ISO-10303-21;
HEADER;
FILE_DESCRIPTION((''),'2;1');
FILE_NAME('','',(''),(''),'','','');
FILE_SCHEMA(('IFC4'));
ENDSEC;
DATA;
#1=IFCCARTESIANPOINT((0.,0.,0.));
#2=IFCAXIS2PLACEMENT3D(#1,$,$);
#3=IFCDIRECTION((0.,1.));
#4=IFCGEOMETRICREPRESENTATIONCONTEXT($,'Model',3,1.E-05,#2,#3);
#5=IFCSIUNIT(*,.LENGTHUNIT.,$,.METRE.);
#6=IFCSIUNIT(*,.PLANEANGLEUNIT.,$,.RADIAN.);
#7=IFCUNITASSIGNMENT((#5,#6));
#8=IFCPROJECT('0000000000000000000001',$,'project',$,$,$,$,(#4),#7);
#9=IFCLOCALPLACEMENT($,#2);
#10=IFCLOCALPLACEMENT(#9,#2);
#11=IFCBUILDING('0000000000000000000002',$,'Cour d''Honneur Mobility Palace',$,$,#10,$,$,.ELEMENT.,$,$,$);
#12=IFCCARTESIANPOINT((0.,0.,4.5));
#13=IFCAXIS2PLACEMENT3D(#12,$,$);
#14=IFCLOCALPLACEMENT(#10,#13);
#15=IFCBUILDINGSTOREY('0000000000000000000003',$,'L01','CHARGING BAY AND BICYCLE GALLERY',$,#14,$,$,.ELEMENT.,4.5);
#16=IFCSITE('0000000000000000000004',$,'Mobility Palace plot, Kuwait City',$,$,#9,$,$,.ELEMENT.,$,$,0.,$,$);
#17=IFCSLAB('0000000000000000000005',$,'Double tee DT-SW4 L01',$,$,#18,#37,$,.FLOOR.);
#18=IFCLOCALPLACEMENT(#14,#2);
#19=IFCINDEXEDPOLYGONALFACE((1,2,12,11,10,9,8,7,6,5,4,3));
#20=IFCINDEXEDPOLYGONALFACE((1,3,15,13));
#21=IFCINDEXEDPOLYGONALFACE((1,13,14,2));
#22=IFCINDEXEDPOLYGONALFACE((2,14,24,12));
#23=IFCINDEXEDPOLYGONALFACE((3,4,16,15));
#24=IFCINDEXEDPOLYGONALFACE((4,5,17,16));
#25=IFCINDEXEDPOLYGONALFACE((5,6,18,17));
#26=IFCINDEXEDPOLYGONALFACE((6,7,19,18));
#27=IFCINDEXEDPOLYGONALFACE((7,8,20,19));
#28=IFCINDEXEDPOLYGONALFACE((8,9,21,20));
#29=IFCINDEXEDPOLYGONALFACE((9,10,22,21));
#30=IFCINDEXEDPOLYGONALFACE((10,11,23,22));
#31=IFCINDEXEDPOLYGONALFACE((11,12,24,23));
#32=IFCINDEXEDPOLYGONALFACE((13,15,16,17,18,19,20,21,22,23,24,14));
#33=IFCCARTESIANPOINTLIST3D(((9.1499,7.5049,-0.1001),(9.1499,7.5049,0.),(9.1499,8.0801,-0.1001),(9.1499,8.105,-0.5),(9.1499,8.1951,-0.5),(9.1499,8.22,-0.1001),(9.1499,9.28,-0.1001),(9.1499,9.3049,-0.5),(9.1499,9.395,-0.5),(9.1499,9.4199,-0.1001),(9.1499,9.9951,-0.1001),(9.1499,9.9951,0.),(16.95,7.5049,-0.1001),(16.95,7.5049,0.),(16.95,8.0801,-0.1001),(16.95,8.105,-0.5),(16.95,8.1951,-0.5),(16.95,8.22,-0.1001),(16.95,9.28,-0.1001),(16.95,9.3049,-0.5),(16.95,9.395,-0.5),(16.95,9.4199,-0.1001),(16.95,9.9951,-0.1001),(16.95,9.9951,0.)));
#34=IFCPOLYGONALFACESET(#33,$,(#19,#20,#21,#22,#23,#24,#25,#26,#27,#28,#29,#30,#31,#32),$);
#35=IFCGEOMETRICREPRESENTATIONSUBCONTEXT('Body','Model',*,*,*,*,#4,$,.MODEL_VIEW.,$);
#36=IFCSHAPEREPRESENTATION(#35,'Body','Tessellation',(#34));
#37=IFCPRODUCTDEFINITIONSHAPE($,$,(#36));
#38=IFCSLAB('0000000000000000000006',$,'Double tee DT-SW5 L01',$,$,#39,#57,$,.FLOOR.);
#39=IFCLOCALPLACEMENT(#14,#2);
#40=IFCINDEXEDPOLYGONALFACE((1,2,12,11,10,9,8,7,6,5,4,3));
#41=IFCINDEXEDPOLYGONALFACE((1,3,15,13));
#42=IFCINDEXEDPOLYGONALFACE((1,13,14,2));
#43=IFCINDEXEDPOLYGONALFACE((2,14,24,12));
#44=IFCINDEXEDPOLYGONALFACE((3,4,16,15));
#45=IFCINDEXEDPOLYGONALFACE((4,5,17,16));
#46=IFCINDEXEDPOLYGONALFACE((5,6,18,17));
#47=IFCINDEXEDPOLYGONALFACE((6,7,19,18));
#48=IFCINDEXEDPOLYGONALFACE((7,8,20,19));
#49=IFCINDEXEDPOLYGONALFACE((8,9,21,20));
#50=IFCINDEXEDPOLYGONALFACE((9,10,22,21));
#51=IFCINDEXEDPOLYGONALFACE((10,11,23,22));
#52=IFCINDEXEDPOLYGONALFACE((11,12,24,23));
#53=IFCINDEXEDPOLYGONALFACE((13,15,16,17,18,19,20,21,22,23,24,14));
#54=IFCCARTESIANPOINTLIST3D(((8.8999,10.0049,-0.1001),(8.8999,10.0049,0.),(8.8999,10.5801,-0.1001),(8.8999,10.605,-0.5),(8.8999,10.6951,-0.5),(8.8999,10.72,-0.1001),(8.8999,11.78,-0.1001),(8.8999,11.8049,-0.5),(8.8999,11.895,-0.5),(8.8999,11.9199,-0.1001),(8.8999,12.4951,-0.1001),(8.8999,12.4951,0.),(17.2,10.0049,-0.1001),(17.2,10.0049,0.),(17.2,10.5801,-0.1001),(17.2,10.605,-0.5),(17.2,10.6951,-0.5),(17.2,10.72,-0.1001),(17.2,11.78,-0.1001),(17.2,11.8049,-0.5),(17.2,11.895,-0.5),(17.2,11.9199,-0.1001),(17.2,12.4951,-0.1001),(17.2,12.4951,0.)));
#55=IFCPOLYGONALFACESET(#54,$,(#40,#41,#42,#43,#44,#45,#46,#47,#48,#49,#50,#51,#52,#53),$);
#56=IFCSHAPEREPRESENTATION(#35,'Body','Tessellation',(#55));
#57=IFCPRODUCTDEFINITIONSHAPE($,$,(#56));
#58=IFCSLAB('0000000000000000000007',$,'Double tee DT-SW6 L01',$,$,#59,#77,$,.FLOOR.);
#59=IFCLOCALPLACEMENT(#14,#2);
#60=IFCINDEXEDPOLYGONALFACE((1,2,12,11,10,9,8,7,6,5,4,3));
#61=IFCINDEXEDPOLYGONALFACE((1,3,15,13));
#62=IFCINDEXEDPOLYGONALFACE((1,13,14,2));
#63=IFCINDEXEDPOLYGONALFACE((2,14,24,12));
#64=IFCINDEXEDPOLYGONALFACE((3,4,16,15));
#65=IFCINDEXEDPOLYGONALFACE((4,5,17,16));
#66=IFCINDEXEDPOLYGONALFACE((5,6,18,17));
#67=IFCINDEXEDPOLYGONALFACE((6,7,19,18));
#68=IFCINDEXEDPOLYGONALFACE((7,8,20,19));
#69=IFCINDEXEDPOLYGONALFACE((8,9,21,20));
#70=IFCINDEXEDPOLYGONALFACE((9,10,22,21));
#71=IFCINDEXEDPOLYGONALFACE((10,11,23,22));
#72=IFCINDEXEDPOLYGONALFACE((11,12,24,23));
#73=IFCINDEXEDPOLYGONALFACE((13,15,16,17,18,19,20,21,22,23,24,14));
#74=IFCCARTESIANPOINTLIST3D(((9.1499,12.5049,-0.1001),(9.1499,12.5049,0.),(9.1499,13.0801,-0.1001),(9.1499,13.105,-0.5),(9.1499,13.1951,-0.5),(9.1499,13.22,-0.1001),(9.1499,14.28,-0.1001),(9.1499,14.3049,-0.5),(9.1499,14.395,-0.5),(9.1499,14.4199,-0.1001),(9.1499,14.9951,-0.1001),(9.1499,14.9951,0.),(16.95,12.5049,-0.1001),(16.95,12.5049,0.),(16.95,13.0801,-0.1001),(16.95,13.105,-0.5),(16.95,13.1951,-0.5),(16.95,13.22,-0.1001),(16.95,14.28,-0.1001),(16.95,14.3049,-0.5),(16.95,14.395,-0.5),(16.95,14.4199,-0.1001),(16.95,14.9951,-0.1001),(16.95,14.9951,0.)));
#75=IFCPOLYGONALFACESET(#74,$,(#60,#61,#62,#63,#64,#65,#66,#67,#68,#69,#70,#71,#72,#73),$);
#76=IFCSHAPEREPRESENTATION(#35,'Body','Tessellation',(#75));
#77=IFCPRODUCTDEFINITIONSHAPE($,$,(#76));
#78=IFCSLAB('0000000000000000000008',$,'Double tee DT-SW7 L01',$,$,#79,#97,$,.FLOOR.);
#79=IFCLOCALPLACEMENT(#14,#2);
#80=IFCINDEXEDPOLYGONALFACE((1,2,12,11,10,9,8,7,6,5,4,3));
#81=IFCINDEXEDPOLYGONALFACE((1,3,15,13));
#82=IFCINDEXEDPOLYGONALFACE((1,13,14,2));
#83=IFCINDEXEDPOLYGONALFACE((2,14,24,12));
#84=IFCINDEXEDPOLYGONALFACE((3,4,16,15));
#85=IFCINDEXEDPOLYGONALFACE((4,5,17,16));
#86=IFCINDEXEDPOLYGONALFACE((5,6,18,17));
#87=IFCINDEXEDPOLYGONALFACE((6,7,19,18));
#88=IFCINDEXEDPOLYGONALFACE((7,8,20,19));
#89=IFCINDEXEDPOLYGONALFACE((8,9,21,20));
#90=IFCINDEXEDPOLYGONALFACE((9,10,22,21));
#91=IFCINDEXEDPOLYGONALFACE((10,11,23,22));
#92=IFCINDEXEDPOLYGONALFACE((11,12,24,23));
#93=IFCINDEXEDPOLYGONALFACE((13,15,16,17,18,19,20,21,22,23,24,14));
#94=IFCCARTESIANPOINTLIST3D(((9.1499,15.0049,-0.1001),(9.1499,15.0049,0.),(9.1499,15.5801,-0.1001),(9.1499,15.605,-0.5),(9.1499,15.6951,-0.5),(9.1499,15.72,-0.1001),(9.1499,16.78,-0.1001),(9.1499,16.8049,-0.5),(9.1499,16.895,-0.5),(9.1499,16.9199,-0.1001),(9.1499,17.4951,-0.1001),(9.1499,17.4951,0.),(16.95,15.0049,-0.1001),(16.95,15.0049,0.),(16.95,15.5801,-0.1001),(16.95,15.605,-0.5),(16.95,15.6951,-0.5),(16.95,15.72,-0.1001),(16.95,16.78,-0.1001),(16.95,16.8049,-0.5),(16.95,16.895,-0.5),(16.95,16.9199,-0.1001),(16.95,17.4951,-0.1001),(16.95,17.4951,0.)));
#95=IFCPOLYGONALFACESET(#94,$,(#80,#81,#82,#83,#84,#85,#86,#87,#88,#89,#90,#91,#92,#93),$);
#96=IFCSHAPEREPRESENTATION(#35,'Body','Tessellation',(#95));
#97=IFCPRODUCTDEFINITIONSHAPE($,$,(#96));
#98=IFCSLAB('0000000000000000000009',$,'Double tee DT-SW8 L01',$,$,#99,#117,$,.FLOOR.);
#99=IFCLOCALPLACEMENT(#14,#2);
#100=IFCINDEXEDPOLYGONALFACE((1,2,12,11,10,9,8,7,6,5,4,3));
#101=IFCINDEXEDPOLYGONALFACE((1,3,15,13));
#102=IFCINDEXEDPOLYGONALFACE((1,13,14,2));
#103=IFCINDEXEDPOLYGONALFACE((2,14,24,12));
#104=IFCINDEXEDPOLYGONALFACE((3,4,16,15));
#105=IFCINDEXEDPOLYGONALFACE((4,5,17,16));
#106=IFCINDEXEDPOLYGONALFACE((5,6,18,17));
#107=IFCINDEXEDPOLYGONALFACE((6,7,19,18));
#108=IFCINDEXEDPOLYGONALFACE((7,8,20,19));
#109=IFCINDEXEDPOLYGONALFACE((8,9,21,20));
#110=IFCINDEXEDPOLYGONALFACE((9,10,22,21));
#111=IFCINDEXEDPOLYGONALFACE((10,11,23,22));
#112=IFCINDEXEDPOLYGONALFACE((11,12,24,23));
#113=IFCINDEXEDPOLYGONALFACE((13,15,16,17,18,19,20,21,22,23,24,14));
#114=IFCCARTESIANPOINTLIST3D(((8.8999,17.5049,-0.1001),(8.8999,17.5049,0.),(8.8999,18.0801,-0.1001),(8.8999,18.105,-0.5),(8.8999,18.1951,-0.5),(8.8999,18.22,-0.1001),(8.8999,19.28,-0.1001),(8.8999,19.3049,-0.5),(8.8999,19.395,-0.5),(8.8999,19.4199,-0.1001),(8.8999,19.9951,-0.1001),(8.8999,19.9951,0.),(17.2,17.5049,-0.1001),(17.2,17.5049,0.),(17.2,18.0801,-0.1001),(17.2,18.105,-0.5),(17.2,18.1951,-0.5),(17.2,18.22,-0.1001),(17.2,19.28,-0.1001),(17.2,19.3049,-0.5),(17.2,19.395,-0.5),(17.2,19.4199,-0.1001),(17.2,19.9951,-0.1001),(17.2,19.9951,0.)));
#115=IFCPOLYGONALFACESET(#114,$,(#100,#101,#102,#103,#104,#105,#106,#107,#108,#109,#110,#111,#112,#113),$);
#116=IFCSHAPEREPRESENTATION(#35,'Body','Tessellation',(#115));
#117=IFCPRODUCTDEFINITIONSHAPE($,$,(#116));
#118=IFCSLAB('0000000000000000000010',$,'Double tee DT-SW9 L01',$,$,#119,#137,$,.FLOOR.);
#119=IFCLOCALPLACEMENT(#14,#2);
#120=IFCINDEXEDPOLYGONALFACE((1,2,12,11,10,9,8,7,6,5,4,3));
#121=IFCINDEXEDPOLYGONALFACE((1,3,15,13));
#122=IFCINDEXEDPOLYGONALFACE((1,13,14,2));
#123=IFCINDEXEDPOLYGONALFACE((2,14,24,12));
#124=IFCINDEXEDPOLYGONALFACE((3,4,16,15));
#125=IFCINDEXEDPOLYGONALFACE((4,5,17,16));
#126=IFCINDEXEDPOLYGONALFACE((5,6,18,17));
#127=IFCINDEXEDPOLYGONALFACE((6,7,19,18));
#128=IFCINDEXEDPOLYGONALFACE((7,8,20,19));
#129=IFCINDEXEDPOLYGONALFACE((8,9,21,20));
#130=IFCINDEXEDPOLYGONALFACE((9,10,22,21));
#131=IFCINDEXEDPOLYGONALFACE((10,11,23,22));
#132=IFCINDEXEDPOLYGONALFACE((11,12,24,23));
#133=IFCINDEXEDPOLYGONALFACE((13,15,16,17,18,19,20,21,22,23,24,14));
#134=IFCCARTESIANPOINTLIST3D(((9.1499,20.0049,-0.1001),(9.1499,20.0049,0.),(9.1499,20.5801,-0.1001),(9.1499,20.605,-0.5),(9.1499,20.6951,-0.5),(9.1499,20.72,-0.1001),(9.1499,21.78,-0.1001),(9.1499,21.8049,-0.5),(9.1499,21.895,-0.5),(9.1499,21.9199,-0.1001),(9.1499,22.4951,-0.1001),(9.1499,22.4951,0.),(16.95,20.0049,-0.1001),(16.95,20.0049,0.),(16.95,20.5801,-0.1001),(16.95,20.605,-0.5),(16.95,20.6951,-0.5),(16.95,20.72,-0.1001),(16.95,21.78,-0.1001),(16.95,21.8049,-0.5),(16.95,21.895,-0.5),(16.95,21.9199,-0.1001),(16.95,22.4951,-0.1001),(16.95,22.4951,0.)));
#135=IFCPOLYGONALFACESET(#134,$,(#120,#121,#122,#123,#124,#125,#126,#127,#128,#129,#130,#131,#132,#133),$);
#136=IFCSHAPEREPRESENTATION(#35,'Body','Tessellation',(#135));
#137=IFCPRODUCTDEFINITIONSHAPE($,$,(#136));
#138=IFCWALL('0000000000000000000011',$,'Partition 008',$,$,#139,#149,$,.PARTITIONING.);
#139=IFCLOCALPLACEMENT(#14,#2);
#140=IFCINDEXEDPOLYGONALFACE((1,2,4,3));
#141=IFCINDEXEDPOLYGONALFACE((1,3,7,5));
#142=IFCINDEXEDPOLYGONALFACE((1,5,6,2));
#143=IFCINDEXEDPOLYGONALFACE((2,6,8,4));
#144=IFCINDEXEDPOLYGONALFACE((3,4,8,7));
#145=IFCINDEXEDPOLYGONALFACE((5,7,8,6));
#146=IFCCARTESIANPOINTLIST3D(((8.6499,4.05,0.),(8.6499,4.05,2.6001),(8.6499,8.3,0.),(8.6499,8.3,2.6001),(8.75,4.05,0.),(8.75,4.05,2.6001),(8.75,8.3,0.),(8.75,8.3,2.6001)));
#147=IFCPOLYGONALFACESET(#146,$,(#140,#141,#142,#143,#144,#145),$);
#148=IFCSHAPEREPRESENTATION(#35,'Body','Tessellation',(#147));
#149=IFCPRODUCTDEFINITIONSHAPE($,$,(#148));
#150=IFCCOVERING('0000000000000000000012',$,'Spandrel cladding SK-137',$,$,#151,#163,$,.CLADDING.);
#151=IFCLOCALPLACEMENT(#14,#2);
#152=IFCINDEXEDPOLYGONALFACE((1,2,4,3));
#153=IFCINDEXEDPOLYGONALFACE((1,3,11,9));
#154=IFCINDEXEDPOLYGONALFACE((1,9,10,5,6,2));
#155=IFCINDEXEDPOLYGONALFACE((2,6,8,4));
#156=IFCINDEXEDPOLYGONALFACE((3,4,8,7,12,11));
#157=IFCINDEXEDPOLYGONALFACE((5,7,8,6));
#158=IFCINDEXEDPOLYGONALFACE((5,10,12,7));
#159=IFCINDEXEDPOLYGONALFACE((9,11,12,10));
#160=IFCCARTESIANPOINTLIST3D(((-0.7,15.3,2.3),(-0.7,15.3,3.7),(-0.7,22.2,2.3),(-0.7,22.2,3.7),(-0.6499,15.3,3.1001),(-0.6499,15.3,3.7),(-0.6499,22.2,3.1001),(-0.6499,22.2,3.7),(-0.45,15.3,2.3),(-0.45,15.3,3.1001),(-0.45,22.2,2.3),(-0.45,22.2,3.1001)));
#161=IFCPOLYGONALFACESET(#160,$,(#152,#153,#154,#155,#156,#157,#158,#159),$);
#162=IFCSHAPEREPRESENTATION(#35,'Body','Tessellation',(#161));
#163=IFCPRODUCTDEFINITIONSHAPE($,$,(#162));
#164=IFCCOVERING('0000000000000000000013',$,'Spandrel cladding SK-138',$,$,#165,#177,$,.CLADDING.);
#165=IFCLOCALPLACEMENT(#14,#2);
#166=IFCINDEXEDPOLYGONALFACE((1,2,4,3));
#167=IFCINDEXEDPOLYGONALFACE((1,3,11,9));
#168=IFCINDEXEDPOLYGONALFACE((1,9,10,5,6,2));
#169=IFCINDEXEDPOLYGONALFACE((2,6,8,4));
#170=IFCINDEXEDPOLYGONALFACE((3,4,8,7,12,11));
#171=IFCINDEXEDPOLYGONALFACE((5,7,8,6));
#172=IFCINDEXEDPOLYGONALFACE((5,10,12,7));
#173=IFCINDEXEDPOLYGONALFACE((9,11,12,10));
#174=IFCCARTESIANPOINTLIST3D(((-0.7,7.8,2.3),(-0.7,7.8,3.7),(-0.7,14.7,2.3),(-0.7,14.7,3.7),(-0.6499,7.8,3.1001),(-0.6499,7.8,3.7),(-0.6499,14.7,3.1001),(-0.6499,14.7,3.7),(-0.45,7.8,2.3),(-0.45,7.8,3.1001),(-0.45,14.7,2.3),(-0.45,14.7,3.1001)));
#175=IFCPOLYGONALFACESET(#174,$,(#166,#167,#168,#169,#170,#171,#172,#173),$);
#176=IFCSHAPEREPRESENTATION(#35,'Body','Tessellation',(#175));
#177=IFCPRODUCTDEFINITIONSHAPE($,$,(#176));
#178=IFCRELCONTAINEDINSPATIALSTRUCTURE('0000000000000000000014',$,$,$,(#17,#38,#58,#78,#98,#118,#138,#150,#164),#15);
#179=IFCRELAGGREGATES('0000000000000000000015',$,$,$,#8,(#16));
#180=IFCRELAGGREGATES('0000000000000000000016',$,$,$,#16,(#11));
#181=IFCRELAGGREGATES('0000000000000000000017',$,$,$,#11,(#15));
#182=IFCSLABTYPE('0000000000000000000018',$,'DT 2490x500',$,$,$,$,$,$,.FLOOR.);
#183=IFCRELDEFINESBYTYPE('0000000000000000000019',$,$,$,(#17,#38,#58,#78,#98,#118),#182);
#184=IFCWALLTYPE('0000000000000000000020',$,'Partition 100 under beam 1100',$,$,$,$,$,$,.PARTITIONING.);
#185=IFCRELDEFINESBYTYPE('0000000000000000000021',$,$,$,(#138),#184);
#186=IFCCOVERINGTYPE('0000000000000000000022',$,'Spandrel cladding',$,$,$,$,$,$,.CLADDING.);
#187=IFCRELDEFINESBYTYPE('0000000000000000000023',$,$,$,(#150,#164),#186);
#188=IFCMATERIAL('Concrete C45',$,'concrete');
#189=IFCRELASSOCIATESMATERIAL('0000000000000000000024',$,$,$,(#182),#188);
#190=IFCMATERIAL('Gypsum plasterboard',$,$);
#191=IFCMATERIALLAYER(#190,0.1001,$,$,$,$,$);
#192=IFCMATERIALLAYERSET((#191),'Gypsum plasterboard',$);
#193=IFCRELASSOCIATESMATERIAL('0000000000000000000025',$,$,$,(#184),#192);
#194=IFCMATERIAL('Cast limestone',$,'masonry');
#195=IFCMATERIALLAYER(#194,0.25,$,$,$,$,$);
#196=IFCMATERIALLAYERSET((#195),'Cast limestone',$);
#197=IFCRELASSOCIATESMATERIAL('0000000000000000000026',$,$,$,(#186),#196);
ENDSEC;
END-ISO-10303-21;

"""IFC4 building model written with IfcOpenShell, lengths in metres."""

from ifc_helpers import new_model, si_unit, direction, frame, frame_2d, origin, place, context, subcontext, project, spatial, polyline, rectangle, outline, extrude, material, layer, layer_set, material_profile, profile_set, type_object, element, save


model = new_model("IFC4")

# Units and contexts
model_context = context("Model", 3, precision=1e-05, world=origin(), true_north=direction((0.0, 1.0)))
body_context = subcontext(model_context, "Body", "Model", "MODEL_VIEW")
ifc_project = project(units=[si_unit("LENGTHUNIT", "METRE"), si_unit("PLANEANGLEUNIT", "RADIAN")], contexts=[model_context])

# Site, building, storey
site_placement = place(None, origin())
site = spatial("IfcSite", under=ifc_project, at=site_placement, Name="Mobility Palace plot, Kuwait City", CompositionType="ELEMENT", RefElevation=0.0)
building_placement = place(site_placement, origin())
building = spatial("IfcBuilding", under=site, at=building_placement, Name="Cour d'Honneur Mobility Palace", CompositionType="ELEMENT")
storey_placement = place(building_placement, frame((0.0, 0.0, 4.5)))
storey = spatial("IfcBuildingStorey", under=building, at=storey_placement, Name="L01", Description="CHARGING BAY AND BICYCLE GALLERY", CompositionType="ELEMENT", Elevation=4.5)

# Slabs
ifc_material_1 = material(Name="Concrete C45", Category="concrete")
ifc_material_profile_1 = material_profile(ifc_material_1, outline(polyline([(-1.2451, 0.0), (1.2451, 0.0), (1.2451, -0.1001), (0.6699, -0.1001), (0.645, -0.5), (0.5549, -0.5), (0.53, -0.1001), (-0.53, -0.1001), (-0.5549, -0.5), (-0.645, -0.5), (-0.6699, -0.1001), (-1.2451, -0.1001), (-1.2451, 0.0)])), Name="DT 2490x500")
ifc_profile_set_1 = profile_set([ifc_material_profile_1], Name="Concrete C45")
slab_type = type_object("IfcSlabType", Name="DT 2490x500", PredefinedType="FLOOR", material=ifc_profile_set_1)
slab_1_placement = place(storey_placement, frame((9.1499, 8.75, 0.0), z_axis=(1.0, 0.0, 0.0), x_axis=(0.0, 1.0, 0.0)))
element("IfcSlab", 1, at=slab_1_placement, inside=storey, type_object=slab_type, Name="Double tee DT-SW4 L01", PredefinedType="FLOOR", context=body_context, shape_type="SweptSolid", body=[
    extrude(outline(polyline([(-1.2451, 0.0), (1.2451, 0.0), (1.2451, -0.1001), (0.6699, -0.1001), (0.645, -0.5), (0.5549, -0.5), (0.53, -0.1001), (-0.53, -0.1001), (-0.5549, -0.5), (-0.645, -0.5), (-0.6699, -0.1001), (-1.2451, -0.1001), (-1.2451, 0.0)])), origin(), (0.0, 0.0, 1.0), 7.8),
])
slab_2_placement = place(storey_placement, frame((8.8999, 11.25, 0.0), z_axis=(1.0, 0.0, 0.0), x_axis=(0.0, 1.0, 0.0)))
element("IfcSlab", 2, at=slab_2_placement, inside=storey, type_object=slab_type, Name="Double tee DT-SW5 L01", PredefinedType="FLOOR", context=body_context, shape_type="SweptSolid", body=[
    extrude(outline(polyline([(-1.2451, 0.0), (1.2451, 0.0), (1.2451, -0.1001), (0.6699, -0.1001), (0.645, -0.5), (0.5549, -0.5), (0.53, -0.1001), (-0.53, -0.1001), (-0.5549, -0.5), (-0.645, -0.5), (-0.6699, -0.1001), (-1.2451, -0.1001), (-1.2451, 0.0)])), origin(), (0.0, 0.0, 1.0), 8.3),
])
for number, where, z_axis, x_axis, name in (
    (3, (9.1499, 13.75, 0.0), (1.0, 0.0, 0.0), (0.0, 1.0, 0.0), "Double tee DT-SW6 L01"),
    (4, (9.1499, 16.25, 0.0), (1.0, 0.0, 0.0), (0.0, 1.0, 0.0), "Double tee DT-SW7 L01"),
):
    element("IfcSlab", number, at=place(storey_placement, frame(where, z_axis=z_axis, x_axis=x_axis)), inside=storey, type_object=slab_type, Name=name, PredefinedType="FLOOR", context=body_context, shape_type="SweptSolid", body=[
        extrude(outline(polyline([(-1.2451, 0.0), (1.2451, 0.0), (1.2451, -0.1001), (0.6699, -0.1001), (0.645, -0.5), (0.5549, -0.5), (0.53, -0.1001), (-0.53, -0.1001), (-0.5549, -0.5), (-0.645, -0.5), (-0.6699, -0.1001), (-1.2451, -0.1001), (-1.2451, 0.0)])), origin(), (0.0, 0.0, 1.0), 7.8),
    ])
slab_3_placement = place(storey_placement, frame((8.8999, 18.75, 0.0), z_axis=(1.0, 0.0, 0.0), x_axis=(0.0, 1.0, 0.0)))
element("IfcSlab", 5, at=slab_3_placement, inside=storey, type_object=slab_type, Name="Double tee DT-SW8 L01", PredefinedType="FLOOR", context=body_context, shape_type="SweptSolid", body=[
    extrude(outline(polyline([(-1.2451, 0.0), (1.2451, 0.0), (1.2451, -0.1001), (0.6699, -0.1001), (0.645, -0.5), (0.5549, -0.5), (0.53, -0.1001), (-0.53, -0.1001), (-0.5549, -0.5), (-0.645, -0.5), (-0.6699, -0.1001), (-1.2451, -0.1001), (-1.2451, 0.0)])), origin(), (0.0, 0.0, 1.0), 8.3),
])
slab_4_placement = place(storey_placement, frame((9.1499, 21.25, 0.0), z_axis=(1.0, 0.0, 0.0), x_axis=(0.0, 1.0, 0.0)))
element("IfcSlab", 6, at=slab_4_placement, inside=storey, type_object=slab_type, Name="Double tee DT-SW9 L01", PredefinedType="FLOOR", context=body_context, shape_type="SweptSolid", body=[
    extrude(outline(polyline([(-1.2451, 0.0), (1.2451, 0.0), (1.2451, -0.1001), (0.6699, -0.1001), (0.645, -0.5), (0.5549, -0.5), (0.53, -0.1001), (-0.53, -0.1001), (-0.5549, -0.5), (-0.645, -0.5), (-0.6699, -0.1001), (-1.2451, -0.1001), (-1.2451, 0.0)])), origin(), (0.0, 0.0, 1.0), 7.8),
])

# Wall
ifc_material_2 = material(Name="Gypsum plasterboard")
ifc_layer_1 = layer(ifc_material_2, 0.1001)
ifc_layer_set_1 = layer_set([ifc_layer_1], Name="Gypsum plasterboard")
wall_type = type_object("IfcWallType", Name="Partition 100 under beam 1100", PredefinedType="PARTITIONING", material=ifc_layer_set_1)
wall_placement = place(storey_placement, frame((8.7, 8.3, 0.0), z_axis=(0.0, 0.0, 1.0), x_axis=(0.0, -1.0, 0.0)))
element("IfcWall", 7, at=wall_placement, inside=storey, type_object=wall_type, Name="Partition 008", PredefinedType="PARTITIONING", context=body_context, shape_type="SweptSolid", body=[
    extrude(rectangle(XDim=4.25, YDim=0.1001, at=frame_2d((2.125, 0.0))), origin(), (0.0, 0.0, 1.0), 2.6001),
])

# Coverings
ifc_material_3 = material(Name="Cast limestone", Category="masonry")
ifc_layer_2 = layer(ifc_material_3, 0.25)
ifc_layer_set_2 = layer_set([ifc_layer_2], Name="Cast limestone")
covering_type = type_object("IfcCoveringType", Name="Spandrel cladding", PredefinedType="CLADDING", material=ifc_layer_set_2)
for number, where, z_axis, x_axis, name in (
    (8, (-0.45, 22.2, 2.3), (0.0, 1.0, 0.0), (-1.0, 0.0, 0.0), "Spandrel cladding SK-137"),
    (9, (-0.45, 14.7, 2.3), (0.0, 1.0, 0.0), (-1.0, 0.0, 0.0), "Spandrel cladding SK-138"),
):
    element("IfcCovering", number, at=place(storey_placement, frame(where, z_axis=z_axis, x_axis=x_axis)), inside=storey, type_object=covering_type, Name=name, PredefinedType="CLADDING", context=body_context, shape_type="SweptSolid", body=[
        extrude(outline(polyline([(0.0, 0.0), (0.25, 0.0), (0.25, 1.3999), (0.2, 1.3999), (0.2, 0.8), (0.0, 0.8), (0.0, 0.0)])), origin(), (0.0, 0.0, -1.0), 6.8999),
    ])

save(model, "model.ifc")
